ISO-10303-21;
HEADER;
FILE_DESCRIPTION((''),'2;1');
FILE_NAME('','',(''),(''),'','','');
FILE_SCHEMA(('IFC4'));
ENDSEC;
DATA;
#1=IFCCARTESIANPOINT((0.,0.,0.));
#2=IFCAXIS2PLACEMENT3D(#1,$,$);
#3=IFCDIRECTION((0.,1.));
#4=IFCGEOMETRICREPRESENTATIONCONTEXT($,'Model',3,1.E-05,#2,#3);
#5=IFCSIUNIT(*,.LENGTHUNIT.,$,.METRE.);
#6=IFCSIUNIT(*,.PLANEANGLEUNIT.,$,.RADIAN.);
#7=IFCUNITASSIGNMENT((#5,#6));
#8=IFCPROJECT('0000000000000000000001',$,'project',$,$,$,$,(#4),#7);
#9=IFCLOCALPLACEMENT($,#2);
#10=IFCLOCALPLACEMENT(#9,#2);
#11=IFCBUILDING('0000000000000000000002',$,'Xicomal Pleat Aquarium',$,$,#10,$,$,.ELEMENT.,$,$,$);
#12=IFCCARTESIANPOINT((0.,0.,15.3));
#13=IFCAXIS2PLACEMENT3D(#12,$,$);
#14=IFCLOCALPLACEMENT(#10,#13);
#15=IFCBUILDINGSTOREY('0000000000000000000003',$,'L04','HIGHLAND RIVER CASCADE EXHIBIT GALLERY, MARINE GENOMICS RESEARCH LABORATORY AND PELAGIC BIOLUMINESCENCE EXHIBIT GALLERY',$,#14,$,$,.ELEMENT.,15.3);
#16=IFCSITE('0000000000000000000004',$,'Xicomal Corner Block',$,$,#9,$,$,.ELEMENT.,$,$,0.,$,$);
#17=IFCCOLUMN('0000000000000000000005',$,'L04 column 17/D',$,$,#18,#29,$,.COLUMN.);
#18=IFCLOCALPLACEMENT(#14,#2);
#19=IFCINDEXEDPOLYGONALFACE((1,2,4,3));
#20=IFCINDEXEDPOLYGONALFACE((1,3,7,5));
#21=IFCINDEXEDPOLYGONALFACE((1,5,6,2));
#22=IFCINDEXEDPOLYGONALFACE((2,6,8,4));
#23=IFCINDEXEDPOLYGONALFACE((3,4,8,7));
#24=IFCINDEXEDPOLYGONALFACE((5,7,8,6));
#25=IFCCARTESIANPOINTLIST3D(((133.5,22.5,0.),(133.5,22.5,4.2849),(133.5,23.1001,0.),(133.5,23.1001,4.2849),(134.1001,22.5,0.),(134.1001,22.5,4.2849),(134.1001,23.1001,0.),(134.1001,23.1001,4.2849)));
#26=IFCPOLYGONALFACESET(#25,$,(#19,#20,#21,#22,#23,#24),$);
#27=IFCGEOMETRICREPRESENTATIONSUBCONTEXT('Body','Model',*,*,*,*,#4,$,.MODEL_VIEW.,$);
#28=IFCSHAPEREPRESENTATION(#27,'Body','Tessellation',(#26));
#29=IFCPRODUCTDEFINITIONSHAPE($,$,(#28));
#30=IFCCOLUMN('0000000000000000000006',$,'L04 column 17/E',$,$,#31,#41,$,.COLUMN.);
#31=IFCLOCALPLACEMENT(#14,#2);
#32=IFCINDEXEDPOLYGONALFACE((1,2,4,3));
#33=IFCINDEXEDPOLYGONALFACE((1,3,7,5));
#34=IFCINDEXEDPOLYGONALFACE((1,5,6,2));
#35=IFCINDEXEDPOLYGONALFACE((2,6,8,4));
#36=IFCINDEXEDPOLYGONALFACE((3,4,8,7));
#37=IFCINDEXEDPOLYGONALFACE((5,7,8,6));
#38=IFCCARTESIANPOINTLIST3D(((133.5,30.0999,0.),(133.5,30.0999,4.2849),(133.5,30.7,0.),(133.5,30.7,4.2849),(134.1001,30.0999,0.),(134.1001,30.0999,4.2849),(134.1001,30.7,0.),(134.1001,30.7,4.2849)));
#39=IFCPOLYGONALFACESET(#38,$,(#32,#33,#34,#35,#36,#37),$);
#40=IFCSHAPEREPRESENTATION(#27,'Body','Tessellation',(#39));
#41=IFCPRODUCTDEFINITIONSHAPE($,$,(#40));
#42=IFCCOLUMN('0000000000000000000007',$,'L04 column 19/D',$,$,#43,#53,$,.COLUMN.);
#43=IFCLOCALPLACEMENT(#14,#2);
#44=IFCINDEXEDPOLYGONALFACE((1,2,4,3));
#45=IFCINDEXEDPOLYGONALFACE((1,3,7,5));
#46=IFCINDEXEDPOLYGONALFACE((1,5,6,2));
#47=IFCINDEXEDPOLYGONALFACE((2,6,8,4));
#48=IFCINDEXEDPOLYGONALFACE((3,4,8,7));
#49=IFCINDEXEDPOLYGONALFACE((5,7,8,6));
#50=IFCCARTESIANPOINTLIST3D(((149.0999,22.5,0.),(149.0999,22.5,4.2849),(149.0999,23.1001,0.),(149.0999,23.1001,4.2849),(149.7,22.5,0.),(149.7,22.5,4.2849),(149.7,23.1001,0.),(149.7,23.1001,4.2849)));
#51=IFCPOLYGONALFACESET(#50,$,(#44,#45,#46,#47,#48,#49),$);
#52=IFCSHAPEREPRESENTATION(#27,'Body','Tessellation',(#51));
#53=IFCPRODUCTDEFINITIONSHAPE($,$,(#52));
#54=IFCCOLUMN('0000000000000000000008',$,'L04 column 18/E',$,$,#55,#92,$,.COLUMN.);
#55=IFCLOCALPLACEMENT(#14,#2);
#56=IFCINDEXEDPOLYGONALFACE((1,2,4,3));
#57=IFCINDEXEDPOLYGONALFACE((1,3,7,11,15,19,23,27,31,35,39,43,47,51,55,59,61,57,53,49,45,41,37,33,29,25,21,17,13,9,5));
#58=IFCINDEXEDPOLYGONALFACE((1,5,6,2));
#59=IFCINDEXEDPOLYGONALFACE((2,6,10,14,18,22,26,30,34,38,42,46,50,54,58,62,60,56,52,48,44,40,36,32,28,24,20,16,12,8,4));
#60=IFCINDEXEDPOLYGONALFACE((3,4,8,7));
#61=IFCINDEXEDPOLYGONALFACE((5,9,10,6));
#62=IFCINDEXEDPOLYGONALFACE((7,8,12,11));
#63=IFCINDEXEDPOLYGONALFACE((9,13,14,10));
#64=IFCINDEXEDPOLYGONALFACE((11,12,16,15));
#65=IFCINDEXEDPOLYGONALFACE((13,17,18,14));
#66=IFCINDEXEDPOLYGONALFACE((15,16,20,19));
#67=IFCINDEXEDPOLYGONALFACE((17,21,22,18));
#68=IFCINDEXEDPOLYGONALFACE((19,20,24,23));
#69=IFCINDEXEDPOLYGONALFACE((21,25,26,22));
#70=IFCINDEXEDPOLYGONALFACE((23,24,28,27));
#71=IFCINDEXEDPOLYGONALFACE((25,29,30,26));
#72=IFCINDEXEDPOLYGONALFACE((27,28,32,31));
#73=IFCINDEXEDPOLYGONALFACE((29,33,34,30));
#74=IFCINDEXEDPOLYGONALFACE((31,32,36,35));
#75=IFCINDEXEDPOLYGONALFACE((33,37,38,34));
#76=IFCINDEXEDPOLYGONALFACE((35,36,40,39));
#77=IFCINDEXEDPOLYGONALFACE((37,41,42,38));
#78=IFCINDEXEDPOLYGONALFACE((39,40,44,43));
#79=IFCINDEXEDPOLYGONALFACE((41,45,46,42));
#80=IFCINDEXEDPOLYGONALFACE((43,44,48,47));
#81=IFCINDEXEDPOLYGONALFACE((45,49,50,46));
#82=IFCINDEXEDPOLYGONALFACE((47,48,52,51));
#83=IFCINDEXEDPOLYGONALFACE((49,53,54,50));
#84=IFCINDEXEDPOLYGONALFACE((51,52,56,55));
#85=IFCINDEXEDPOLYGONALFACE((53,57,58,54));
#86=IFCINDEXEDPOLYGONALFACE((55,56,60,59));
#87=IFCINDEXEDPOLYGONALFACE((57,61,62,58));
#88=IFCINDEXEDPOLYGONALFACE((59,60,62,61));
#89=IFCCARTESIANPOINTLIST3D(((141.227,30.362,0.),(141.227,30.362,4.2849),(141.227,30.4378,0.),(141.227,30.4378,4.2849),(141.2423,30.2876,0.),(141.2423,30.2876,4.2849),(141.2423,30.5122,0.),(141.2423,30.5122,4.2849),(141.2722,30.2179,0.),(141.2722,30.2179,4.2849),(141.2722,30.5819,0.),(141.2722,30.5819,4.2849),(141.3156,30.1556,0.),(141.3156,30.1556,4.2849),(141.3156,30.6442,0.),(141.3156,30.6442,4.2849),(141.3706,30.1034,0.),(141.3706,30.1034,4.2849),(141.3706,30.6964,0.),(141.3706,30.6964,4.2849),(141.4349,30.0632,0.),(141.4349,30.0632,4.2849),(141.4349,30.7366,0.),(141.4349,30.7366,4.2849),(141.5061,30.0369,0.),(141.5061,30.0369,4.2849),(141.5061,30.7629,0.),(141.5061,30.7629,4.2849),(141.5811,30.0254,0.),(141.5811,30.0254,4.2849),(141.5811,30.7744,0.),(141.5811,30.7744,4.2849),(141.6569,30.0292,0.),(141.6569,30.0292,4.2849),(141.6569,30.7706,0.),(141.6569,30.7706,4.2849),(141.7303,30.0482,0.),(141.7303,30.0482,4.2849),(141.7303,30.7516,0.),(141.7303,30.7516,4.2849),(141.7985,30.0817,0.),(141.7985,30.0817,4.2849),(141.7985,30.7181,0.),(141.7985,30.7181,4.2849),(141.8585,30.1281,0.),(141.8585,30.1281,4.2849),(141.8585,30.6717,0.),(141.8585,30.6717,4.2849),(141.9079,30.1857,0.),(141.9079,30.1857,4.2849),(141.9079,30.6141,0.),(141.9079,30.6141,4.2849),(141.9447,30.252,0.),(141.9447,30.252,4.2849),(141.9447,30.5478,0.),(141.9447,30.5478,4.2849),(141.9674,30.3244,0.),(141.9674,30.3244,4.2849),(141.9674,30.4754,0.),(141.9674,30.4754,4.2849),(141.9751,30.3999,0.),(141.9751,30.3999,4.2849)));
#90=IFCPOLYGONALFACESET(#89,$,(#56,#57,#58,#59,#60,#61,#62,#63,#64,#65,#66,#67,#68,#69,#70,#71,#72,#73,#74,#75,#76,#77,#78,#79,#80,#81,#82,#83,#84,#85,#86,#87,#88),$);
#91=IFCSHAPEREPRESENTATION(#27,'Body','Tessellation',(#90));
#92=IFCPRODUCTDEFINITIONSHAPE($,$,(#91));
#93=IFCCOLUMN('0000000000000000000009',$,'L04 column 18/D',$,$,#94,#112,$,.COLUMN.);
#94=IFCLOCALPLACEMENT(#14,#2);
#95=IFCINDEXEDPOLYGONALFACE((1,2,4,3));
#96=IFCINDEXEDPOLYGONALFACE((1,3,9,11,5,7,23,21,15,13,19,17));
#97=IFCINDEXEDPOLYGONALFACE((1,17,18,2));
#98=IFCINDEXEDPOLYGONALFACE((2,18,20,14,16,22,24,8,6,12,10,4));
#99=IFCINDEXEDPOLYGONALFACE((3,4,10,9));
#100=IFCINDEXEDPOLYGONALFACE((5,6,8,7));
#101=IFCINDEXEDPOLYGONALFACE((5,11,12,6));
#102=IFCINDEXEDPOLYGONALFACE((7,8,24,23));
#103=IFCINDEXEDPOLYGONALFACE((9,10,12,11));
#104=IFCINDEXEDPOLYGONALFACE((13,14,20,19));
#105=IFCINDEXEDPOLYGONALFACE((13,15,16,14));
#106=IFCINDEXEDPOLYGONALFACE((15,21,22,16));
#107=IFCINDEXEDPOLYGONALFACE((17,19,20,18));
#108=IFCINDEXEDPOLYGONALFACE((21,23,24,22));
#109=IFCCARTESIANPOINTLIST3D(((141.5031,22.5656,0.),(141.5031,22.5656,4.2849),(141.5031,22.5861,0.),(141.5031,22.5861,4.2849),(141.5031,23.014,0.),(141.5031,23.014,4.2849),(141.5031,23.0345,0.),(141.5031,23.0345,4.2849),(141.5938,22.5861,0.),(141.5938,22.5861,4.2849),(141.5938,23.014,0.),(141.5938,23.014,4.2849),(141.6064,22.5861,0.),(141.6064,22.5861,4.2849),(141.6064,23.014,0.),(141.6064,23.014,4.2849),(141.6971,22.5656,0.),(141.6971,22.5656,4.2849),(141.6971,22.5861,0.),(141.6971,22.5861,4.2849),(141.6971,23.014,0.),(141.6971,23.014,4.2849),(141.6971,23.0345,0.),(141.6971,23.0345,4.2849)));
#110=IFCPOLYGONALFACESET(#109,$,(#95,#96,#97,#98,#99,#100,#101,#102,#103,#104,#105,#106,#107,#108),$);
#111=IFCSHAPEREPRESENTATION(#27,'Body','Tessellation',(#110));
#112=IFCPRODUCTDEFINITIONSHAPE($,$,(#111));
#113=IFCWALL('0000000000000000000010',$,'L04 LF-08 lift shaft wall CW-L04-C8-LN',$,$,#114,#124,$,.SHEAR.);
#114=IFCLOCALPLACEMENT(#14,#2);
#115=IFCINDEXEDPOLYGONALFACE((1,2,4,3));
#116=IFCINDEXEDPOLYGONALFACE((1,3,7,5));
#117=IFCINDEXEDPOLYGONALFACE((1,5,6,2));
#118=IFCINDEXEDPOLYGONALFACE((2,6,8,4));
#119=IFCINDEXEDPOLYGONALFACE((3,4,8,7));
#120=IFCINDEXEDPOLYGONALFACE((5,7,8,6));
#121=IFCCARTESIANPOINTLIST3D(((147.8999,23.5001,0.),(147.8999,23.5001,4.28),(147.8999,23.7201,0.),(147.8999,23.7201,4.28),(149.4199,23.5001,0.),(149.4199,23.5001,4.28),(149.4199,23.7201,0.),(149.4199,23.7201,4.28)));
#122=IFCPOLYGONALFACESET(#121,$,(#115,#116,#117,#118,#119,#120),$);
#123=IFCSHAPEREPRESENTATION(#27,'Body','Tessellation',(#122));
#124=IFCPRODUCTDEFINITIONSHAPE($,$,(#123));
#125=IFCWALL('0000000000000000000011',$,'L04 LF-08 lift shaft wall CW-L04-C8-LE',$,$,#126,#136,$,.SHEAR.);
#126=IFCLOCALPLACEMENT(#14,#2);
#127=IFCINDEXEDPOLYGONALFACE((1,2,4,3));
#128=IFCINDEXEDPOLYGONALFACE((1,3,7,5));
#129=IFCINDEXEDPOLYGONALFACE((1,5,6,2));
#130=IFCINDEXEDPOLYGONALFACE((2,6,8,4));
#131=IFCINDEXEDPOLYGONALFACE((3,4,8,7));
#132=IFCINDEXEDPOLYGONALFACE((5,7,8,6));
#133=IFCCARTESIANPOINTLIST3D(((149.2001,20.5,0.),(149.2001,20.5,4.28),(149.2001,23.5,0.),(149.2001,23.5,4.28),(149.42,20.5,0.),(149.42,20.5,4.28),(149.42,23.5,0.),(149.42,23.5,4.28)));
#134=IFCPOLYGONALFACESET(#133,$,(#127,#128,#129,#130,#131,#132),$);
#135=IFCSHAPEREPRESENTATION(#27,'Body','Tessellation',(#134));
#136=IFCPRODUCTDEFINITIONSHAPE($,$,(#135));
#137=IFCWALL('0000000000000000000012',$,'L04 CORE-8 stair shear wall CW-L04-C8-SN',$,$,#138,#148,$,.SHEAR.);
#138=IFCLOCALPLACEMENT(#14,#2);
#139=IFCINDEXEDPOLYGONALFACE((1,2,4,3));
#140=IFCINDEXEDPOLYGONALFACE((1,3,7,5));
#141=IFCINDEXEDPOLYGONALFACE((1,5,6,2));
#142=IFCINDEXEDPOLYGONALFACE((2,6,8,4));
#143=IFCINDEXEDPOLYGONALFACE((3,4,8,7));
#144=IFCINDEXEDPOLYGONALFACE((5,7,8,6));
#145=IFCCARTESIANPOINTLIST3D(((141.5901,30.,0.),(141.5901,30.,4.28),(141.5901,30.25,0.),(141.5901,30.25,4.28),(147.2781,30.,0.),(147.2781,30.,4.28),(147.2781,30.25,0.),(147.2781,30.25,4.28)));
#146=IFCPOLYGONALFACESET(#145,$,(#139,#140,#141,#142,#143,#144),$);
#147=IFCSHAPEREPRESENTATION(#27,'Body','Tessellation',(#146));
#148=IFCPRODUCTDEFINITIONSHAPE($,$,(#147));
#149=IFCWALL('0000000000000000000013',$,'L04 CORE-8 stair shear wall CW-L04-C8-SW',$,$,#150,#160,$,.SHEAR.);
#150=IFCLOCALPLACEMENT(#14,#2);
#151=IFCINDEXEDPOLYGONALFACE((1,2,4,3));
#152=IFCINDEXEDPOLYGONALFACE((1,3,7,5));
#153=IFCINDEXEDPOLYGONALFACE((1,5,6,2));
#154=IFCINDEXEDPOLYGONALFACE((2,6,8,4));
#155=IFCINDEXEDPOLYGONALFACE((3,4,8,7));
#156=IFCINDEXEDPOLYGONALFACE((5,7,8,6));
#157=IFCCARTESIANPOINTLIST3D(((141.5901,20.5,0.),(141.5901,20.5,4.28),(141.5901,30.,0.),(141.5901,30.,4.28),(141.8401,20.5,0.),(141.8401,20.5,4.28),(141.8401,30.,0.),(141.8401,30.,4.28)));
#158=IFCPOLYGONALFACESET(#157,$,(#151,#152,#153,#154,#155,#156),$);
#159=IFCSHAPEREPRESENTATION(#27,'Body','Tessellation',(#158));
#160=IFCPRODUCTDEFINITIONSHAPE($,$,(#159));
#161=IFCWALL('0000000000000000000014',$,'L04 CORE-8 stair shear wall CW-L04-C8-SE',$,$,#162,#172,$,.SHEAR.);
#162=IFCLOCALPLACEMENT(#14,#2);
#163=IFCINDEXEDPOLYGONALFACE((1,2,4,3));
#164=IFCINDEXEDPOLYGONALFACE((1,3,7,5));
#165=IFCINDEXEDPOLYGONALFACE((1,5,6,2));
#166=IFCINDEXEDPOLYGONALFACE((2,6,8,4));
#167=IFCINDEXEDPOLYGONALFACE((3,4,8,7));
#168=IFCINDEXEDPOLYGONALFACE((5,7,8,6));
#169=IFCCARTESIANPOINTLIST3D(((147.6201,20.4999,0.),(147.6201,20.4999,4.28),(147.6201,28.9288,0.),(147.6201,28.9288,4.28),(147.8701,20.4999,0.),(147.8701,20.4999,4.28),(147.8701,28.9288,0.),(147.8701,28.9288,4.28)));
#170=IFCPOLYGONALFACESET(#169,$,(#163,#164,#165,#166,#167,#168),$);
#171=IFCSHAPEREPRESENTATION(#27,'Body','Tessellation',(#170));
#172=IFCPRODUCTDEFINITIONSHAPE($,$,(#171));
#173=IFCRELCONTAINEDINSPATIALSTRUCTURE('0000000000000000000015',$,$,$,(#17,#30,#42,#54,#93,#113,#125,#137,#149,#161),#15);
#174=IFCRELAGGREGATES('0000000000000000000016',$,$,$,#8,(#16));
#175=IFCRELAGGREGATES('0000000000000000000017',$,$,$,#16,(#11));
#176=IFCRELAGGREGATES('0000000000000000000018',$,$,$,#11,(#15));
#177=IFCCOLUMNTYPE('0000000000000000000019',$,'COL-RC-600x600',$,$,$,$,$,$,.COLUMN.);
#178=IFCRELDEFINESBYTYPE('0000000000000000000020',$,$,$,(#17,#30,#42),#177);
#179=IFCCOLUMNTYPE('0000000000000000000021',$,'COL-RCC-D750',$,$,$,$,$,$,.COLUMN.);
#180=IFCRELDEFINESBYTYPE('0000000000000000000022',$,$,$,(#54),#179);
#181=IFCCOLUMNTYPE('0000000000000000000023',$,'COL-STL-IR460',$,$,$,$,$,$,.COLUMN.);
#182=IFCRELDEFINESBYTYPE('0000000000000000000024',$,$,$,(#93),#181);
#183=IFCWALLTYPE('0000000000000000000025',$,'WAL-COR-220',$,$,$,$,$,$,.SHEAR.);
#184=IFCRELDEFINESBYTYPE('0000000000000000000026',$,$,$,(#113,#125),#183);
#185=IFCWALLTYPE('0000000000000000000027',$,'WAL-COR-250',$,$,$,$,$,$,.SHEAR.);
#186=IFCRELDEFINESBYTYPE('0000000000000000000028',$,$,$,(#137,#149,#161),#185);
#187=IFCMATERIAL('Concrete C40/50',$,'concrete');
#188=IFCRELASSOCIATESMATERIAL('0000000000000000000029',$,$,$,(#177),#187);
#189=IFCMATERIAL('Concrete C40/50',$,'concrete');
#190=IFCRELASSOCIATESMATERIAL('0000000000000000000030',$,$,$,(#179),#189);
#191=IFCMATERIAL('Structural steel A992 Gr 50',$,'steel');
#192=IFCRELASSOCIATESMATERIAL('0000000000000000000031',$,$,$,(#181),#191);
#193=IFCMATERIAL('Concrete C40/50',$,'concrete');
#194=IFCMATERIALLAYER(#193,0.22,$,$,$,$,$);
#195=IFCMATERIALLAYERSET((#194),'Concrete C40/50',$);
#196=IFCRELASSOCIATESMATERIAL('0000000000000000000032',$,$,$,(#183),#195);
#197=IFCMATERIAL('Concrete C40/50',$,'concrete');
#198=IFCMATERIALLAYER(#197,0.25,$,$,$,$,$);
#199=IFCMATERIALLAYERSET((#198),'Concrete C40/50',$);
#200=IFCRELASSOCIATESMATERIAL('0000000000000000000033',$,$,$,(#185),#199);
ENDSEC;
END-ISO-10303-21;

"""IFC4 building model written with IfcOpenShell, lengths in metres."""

from ifc_helpers import new_model, si_unit, direction, frame, frame_2d, origin, origin_2d, place, context, subcontext, project, spatial, rectangle, circle, i_section, extrude, material, layer, layer_set, material_profile, profile_set, type_object, element, save


model = new_model("IFC4")

# Units and contexts
model_context = context("Model", 3, precision=1e-05, world=origin(), true_north=direction((0.0, 1.0)))
body_context = subcontext(model_context, "Body", "Model", "MODEL_VIEW")
ifc_project = project(units=[si_unit("LENGTHUNIT", "METRE"), si_unit("PLANEANGLEUNIT", "RADIAN")], contexts=[model_context])

# Site, building, storey
site_placement = place(None, origin())
site = spatial("IfcSite", under=ifc_project, at=site_placement, Name="Xicomal Corner Block", CompositionType="ELEMENT", RefElevation=0.0)
building_placement = place(site_placement, origin())
building = spatial("IfcBuilding", under=site, at=building_placement, Name="Xicomal Pleat Aquarium", CompositionType="ELEMENT")
storey_placement = place(building_placement, frame((0.0, 0.0, 15.3)))
storey = spatial("IfcBuildingStorey", under=building, at=storey_placement, Name="L04", Description="HIGHLAND RIVER CASCADE EXHIBIT GALLERY, MARINE GENOMICS RESEARCH LABORATORY AND PELAGIC BIOLUMINESCENCE EXHIBIT GALLERY", CompositionType="ELEMENT", Elevation=15.3)

# Columns
ifc_material_1 = material(Name="Concrete C40/50", Category="concrete")
ifc_material_profile_1 = material_profile(ifc_material_1, rectangle(XDim=0.6001, YDim=0.6001, at=origin_2d()), Name="RC 600x600")
ifc_profile_set_1 = profile_set([ifc_material_profile_1], Name="Concrete C40/50")
column_type_1 = type_object("IfcColumnType", Name="COL-RC-600x600", PredefinedType="COLUMN", material=ifc_profile_set_1)
for number, where, z_axis, x_axis, name in (
    (1, (133.8, 22.8, 0.0), (0.0, 0.0, 1.0), (1.0, 0.0, 0.0), "L04 column 17/D"),
    (2, (133.8, 30.3999, 0.0), (0.0, 0.0, 1.0), (1.0, 0.0, 0.0), "L04 column 17/E"),
    (3, (149.3999, 22.8, 0.0), (0.0, 0.0, 1.0), (1.0, 0.0, 0.0), "L04 column 19/D"),
):
    element("IfcColumn", number, at=place(storey_placement, frame(where, z_axis=z_axis, x_axis=x_axis)), inside=storey, type_object=column_type_1, Name=name, PredefinedType="COLUMN", context=body_context, shape_type="SweptSolid", body=[
        extrude(rectangle(XDim=0.6001, YDim=0.6001, at=origin_2d()), origin(), (0.0, 0.0, 1.0), 4.2849),
    ])
ifc_material_2 = material(Name="Concrete C40/50", Category="concrete")
ifc_material_profile_2 = material_profile(ifc_material_2, circle(Radius=0.375, at=origin_2d()), Name="RCC D750")
ifc_profile_set_2 = profile_set([ifc_material_profile_2], Name="Concrete C40/50")
column_type_2 = type_object("IfcColumnType", Name="COL-RCC-D750", PredefinedType="COLUMN", material=ifc_profile_set_2)
column_1_placement = place(storey_placement, frame((141.6001, 30.3999, 0.0), z_axis=(0.0, 0.0, 1.0), x_axis=(1.0, 0.0, 0.0)))
element("IfcColumn", 4, at=column_1_placement, inside=storey, type_object=column_type_2, Name="L04 column 18/E", PredefinedType="COLUMN", context=body_context, shape_type="SweptSolid", body=[
    extrude(circle(Radius=0.375, at=origin_2d()), origin(), (0.0, 0.0, 1.0), 4.2849),
])
ifc_material_3 = material(Name="Structural steel A992 Gr 50", Category="steel")
ifc_material_profile_3 = material_profile(ifc_material_3, i_section(OverallWidth=0.1941, OverallDepth=0.469, WebThickness=0.0127, FlangeThickness=0.0205, at=origin_2d()), Name="IR 460x106")
ifc_profile_set_3 = profile_set([ifc_material_profile_3], Name="Structural steel A992 Gr 50")
column_type_3 = type_object("IfcColumnType", Name="COL-STL-IR460", PredefinedType="COLUMN", material=ifc_profile_set_3)
column_2_placement = place(storey_placement, frame((141.6001, 22.8, 0.0), z_axis=(0.0, 0.0, 1.0), x_axis=(1.0, 0.0, 0.0)))
element("IfcColumn", 5, at=column_2_placement, inside=storey, type_object=column_type_3, Name="L04 column 18/D", PredefinedType="COLUMN", context=body_context, shape_type="SweptSolid", body=[
    extrude(i_section(OverallWidth=0.1941, OverallDepth=0.469, WebThickness=0.0127, FlangeThickness=0.0205, at=origin_2d()), origin(), (0.0, 0.0, 1.0), 4.2849),
])

# Shared definitions
ifc_material_4 = material(Name="Concrete C40/50", Category="concrete")
ifc_layer_1 = layer(ifc_material_4, 0.22)
ifc_layer_set_1 = layer_set([ifc_layer_1], Name="Concrete C40/50")
wall_type_1 = type_object("IfcWallType", Name="WAL-COR-220", PredefinedType="SHEAR", material=ifc_layer_set_1)

# Walls
wall_1_placement = place(storey_placement, frame((147.8999, 23.6101, 0.0), z_axis=(0.0, 0.0, 1.0), x_axis=(1.0, 0.0, 0.0)))
element("IfcWall", 6, at=wall_1_placement, inside=storey, type_object=wall_type_1, Name="L04 LF-08 lift shaft wall CW-L04-C8-LN", PredefinedType="SHEAR", context=body_context, shape_type="SweptSolid", body=[
    extrude(rectangle(XDim=1.52, YDim=0.22, at=frame_2d((0.76, 0.0))), origin(), (0.0, 0.0, 1.0), 4.28),
])
wall_2_placement = place(storey_placement, frame((149.3101, 20.5, 0.0), z_axis=(0.0, 0.0, 1.0), x_axis=(0.0, 1.0, 0.0)))
element("IfcWall", 7, at=wall_2_placement, inside=storey, type_object=wall_type_1, Name="L04 LF-08 lift shaft wall CW-L04-C8-LE", PredefinedType="SHEAR", context=body_context, shape_type="SweptSolid", body=[
    extrude(rectangle(XDim=3.0, YDim=0.22, at=frame_2d((1.5, 0.0))), origin(), (0.0, 0.0, 1.0), 4.28),
])
ifc_material_5 = material(Name="Concrete C40/50", Category="concrete")
ifc_layer_2 = layer(ifc_material_5, 0.25)
ifc_layer_set_2 = layer_set([ifc_layer_2], Name="Concrete C40/50")
wall_type_2 = type_object("IfcWallType", Name="WAL-COR-250", PredefinedType="SHEAR", material=ifc_layer_set_2)
wall_3_placement = place(storey_placement, frame((141.5901, 30.125, 0.0), z_axis=(0.0, 0.0, 1.0), x_axis=(1.0, 0.0, 0.0)))
element("IfcWall", 8, at=wall_3_placement, inside=storey, type_object=wall_type_2, Name="L04 CORE-8 stair shear wall CW-L04-C8-SN", PredefinedType="SHEAR", context=body_context, shape_type="SweptSolid", body=[
    extrude(rectangle(XDim=5.688, YDim=0.25, at=frame_2d((2.844, 0.0))), origin(), (0.0, 0.0, 1.0), 4.28),
])
wall_4_placement = place(storey_placement, frame((141.7151, 20.5, 0.0), z_axis=(0.0, 0.0, 1.0), x_axis=(0.0, 1.0, 0.0)))
element("IfcWall", 9, at=wall_4_placement, inside=storey, type_object=wall_type_2, Name="L04 CORE-8 stair shear wall CW-L04-C8-SW", PredefinedType="SHEAR", context=body_context, shape_type="SweptSolid", body=[
    extrude(rectangle(XDim=9.5, YDim=0.25, at=frame_2d((4.75, 0.0))), origin(), (0.0, 0.0, 1.0), 4.28),
])
wall_5_placement = place(storey_placement, frame((147.7451, 20.5, 0.0), z_axis=(0.0, 0.0, 1.0), x_axis=(0.0, 1.0, 0.0)))
element("IfcWall", 10, at=wall_5_placement, inside=storey, type_object=wall_type_2, Name="L04 CORE-8 stair shear wall CW-L04-C8-SE", PredefinedType="SHEAR", context=body_context, shape_type="SweptSolid", body=[
    extrude(rectangle(XDim=8.429, YDim=0.25, at=frame_2d((4.2144, 0.0))), origin(), (0.0, 0.0, 1.0), 4.28),
])

save(model, "model.ifc")
